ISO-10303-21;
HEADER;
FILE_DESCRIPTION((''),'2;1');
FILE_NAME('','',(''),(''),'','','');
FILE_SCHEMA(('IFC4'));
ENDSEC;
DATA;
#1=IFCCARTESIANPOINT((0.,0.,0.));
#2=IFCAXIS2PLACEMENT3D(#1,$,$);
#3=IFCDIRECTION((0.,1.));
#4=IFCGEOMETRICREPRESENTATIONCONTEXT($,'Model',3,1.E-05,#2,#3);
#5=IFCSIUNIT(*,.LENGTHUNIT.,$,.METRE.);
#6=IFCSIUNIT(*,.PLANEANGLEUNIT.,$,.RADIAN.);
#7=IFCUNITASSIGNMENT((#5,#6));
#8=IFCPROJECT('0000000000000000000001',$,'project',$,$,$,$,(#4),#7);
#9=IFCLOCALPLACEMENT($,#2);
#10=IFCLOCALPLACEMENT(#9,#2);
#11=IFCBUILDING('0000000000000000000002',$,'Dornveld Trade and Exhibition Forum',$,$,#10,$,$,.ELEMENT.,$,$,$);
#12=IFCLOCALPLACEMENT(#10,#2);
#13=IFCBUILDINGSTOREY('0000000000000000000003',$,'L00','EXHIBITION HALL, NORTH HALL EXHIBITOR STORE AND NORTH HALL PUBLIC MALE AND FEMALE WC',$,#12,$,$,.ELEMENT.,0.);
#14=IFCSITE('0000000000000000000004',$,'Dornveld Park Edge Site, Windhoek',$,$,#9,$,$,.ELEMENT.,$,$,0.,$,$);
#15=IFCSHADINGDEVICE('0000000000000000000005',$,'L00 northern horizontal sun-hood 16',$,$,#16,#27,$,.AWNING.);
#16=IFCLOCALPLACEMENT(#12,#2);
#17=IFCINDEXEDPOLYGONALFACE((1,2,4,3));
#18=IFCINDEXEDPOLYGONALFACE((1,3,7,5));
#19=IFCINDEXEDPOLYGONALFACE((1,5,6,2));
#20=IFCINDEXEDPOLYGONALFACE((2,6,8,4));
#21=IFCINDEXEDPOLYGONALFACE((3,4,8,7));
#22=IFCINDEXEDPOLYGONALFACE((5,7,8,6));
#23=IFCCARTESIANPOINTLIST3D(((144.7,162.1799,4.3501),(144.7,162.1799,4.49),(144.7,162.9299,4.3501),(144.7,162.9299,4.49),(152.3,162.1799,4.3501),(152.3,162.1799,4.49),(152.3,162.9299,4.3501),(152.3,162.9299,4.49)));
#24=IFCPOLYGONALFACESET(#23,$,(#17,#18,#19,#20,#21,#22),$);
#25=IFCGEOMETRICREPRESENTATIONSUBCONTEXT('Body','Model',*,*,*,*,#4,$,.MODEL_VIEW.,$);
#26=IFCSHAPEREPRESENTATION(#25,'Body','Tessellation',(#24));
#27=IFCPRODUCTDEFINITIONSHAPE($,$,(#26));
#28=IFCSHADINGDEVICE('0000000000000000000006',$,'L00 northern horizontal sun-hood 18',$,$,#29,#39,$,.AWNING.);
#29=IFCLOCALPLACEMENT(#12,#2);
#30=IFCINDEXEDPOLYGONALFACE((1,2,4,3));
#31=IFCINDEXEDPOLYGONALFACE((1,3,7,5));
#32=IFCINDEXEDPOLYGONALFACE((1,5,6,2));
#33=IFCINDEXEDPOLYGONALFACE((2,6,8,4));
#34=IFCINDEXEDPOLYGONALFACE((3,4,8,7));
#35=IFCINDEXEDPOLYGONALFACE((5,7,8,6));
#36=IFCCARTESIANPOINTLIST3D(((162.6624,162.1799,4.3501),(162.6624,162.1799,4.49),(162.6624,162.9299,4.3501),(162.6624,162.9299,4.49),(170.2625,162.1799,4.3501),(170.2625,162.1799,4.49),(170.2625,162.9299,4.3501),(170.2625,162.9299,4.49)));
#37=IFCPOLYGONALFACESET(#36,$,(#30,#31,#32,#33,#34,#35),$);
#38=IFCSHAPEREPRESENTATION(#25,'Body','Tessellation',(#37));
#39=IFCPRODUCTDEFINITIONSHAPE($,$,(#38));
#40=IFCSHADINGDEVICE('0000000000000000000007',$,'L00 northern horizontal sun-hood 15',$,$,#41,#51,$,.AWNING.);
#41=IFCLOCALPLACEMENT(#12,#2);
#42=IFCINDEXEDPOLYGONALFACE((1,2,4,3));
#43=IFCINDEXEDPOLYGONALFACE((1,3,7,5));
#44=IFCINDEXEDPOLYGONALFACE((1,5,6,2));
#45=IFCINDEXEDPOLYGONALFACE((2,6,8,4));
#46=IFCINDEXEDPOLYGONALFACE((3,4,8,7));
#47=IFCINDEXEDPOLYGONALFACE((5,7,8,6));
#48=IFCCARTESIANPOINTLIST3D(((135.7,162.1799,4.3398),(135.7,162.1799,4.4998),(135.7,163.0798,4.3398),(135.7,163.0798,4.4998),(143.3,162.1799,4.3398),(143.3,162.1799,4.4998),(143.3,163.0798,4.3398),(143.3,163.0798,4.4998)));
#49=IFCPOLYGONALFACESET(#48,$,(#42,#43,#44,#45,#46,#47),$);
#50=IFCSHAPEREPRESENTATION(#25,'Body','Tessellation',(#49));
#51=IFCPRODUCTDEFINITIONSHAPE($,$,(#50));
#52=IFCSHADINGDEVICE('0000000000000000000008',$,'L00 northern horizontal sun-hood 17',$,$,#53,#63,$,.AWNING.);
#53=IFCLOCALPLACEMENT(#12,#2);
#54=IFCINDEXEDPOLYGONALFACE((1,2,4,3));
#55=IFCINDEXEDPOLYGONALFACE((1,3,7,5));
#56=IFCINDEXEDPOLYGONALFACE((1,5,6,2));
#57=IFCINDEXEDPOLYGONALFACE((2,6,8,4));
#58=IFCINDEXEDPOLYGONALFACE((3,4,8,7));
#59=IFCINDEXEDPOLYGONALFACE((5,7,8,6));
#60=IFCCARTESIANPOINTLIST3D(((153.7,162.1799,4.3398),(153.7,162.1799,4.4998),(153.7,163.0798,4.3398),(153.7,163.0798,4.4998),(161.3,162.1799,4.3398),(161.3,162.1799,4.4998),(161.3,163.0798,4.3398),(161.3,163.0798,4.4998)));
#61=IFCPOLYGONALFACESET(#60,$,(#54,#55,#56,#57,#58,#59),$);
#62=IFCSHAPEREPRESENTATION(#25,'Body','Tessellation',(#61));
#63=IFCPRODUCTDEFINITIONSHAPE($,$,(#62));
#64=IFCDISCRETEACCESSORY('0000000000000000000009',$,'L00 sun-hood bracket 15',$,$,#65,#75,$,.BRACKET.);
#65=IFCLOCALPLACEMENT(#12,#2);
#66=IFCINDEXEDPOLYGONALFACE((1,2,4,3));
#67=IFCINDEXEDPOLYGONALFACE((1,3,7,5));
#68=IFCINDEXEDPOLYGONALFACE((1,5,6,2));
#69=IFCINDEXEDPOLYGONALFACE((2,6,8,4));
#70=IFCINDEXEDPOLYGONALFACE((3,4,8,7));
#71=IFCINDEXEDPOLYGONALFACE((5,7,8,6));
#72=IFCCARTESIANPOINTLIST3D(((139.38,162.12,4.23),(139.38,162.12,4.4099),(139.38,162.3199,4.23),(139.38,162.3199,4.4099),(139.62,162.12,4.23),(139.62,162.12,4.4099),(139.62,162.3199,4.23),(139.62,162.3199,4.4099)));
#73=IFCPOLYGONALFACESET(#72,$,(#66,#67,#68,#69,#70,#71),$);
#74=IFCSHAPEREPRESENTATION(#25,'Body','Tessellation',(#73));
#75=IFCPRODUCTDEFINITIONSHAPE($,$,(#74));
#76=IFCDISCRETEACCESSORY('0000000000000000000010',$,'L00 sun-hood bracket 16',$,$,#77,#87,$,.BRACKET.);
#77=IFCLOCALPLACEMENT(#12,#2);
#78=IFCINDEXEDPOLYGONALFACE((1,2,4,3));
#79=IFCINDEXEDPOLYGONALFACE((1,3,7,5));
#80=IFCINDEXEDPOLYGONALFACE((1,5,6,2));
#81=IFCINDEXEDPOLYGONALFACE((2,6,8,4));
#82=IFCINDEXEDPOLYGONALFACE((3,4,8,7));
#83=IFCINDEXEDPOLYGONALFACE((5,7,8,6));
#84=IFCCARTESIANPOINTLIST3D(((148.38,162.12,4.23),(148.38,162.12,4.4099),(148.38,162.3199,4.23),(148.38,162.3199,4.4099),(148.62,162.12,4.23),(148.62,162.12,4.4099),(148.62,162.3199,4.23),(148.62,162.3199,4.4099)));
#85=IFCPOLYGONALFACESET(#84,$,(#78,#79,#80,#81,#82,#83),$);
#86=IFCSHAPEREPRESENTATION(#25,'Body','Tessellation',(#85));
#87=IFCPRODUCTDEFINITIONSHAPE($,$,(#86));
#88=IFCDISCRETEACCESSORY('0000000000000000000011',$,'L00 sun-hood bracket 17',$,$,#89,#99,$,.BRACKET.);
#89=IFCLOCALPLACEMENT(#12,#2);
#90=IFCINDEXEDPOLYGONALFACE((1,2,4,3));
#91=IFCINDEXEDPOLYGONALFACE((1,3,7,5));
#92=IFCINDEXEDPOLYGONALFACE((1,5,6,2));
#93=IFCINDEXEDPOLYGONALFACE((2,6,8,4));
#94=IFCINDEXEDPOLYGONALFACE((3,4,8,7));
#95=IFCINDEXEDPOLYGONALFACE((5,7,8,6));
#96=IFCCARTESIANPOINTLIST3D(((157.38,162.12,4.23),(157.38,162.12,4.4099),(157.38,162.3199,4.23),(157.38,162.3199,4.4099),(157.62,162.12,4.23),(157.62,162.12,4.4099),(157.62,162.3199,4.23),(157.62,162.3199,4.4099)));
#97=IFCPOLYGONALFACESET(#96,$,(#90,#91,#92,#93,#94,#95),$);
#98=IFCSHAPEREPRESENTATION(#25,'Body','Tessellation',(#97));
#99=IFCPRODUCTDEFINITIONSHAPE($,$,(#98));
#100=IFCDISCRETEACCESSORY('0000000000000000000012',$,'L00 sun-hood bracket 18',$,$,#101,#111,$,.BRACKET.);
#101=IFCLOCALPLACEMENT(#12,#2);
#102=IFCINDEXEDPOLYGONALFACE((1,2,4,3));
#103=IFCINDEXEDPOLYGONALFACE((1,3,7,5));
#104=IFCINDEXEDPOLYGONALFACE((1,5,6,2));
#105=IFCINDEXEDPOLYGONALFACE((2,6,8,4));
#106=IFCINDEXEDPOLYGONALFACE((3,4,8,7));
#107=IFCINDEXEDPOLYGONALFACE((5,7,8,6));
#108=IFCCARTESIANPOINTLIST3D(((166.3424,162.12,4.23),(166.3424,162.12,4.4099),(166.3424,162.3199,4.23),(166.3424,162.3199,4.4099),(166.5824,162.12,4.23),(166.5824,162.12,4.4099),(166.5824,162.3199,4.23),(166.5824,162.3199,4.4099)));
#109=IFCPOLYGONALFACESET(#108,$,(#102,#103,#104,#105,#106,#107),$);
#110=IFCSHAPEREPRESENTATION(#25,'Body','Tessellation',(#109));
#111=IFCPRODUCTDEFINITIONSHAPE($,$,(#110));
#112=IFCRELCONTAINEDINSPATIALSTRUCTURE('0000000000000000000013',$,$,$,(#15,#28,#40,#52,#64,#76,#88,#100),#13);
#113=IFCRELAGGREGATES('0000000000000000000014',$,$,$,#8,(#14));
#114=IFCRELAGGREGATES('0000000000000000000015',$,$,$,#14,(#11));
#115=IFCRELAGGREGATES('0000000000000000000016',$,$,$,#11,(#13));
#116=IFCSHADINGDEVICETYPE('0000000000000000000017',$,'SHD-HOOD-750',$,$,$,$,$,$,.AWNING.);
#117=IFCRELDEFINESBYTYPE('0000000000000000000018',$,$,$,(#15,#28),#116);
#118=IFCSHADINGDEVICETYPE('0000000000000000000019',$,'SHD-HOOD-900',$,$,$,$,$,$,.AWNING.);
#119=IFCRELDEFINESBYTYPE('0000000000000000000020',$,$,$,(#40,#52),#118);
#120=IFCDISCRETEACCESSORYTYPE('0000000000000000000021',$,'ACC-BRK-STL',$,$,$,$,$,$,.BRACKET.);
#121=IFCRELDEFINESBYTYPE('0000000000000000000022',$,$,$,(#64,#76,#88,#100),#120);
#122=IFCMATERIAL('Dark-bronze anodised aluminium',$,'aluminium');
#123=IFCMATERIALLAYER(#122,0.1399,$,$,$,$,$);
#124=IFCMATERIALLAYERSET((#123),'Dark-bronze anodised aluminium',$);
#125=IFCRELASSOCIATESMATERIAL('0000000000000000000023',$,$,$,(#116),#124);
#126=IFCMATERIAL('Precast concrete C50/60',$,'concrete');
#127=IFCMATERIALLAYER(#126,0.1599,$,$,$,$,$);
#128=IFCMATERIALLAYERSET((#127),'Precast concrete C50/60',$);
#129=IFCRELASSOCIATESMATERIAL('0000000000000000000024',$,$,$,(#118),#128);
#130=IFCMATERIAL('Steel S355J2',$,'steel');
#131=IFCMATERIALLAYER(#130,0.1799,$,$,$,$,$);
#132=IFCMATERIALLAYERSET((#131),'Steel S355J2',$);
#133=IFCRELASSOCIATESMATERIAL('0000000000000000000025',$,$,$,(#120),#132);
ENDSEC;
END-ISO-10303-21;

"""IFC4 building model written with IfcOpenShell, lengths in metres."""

from ifc_helpers import new_model, si_unit, direction, frame, origin, origin_2d, place, context, subcontext, project, spatial, rectangle, extrude, material, layer, layer_set, type_object, element, save


model = new_model("IFC4")

# Units and contexts
model_context = context("Model", 3, precision=1e-05, world=origin(), true_north=direction((0.0, 1.0)))
body_context = subcontext(model_context, "Body", "Model", "MODEL_VIEW")
ifc_project = project(units=[si_unit("LENGTHUNIT", "METRE"), si_unit("PLANEANGLEUNIT", "RADIAN")], contexts=[model_context])

# Site, building, storey
site_placement = place(None, origin())
site = spatial("IfcSite", under=ifc_project, at=site_placement, Name="Dornveld Park Edge Site, Windhoek", CompositionType="ELEMENT", RefElevation=0.0)
building_placement = place(site_placement, origin())
building = spatial("IfcBuilding", under=site, at=building_placement, Name="Dornveld Trade and Exhibition Forum", CompositionType="ELEMENT")
storey_placement = place(building_placement, origin())
storey = spatial("IfcBuildingStorey", under=building, at=storey_placement, Name="L00", Description="EXHIBITION HALL, NORTH HALL EXHIBITOR STORE AND NORTH HALL PUBLIC MALE AND FEMALE WC", CompositionType="ELEMENT", Elevation=0.0)

# Shading devices
ifc_material_1 = material(Name="Dark-bronze anodised aluminium", Category="aluminium")
ifc_layer_1 = layer(ifc_material_1, 0.1399)
ifc_layer_set_1 = layer_set([ifc_layer_1], Name="Dark-bronze anodised aluminium")
shading_device_type_1 = type_object("IfcShadingDeviceType", Name="SHD-HOOD-750", PredefinedType="AWNING", material=ifc_layer_set_1)
for number, where, z_axis, x_axis, name in (
    (1, (148.5, 162.5549, 4.3501), (0.0, 0.0, 1.0), (-1.0, 0.0, 0.0), "L00 northern horizontal sun-hood 16"),
    (2, (166.4624, 162.5549, 4.3501), (0.0, 0.0, 1.0), (-1.0, 0.0, 0.0), "L00 northern horizontal sun-hood 18"),
):
    element("IfcShadingDevice", number, at=place(storey_placement, frame(where, z_axis=z_axis, x_axis=x_axis)), inside=storey, type_object=shading_device_type_1, Name=name, PredefinedType="AWNING", context=body_context, shape_type="SweptSolid", body=[
        extrude(rectangle(XDim=7.6001, YDim=0.75, at=origin_2d()), origin(), (0.0, 0.0, 1.0), 0.1399),
    ])
ifc_material_2 = material(Name="Precast concrete C50/60", Category="concrete")
ifc_layer_2 = layer(ifc_material_2, 0.1599)
ifc_layer_set_2 = layer_set([ifc_layer_2], Name="Precast concrete C50/60")
shading_device_type_2 = type_object("IfcShadingDeviceType", Name="SHD-HOOD-900", PredefinedType="AWNING", material=ifc_layer_set_2)
for number, where, z_axis, x_axis, name in (
    (3, (139.5, 162.6299, 4.3398), (0.0, 0.0, 1.0), (-1.0, 0.0, 0.0), "L00 northern horizontal sun-hood 15"),
    (4, (157.5, 162.6299, 4.3398), (0.0, 0.0, 1.0), (-1.0, 0.0, 0.0), "L00 northern horizontal sun-hood 17"),
):
    element("IfcShadingDevice", number, at=place(storey_placement, frame(where, z_axis=z_axis, x_axis=x_axis)), inside=storey, type_object=shading_device_type_2, Name=name, PredefinedType="AWNING", context=body_context, shape_type="SweptSolid", body=[
        extrude(rectangle(XDim=7.6001, YDim=0.8999, at=origin_2d()), origin(), (0.0, 0.0, 1.0), 0.1599),
    ])

# Discrete accessories
ifc_material_3 = material(Name="Steel S355J2", Category="steel")
ifc_layer_3 = layer(ifc_material_3, 0.1799)
ifc_layer_set_3 = layer_set([ifc_layer_3], Name="Steel S355J2")
discrete_accessory_type = type_object("IfcDiscreteAccessoryType", Name="ACC-BRK-STL", PredefinedType="BRACKET", material=ifc_layer_set_3)
for number, where, z_axis, x_axis, name in (
    (5, (139.5, 162.22, 4.23), (0.0, 0.0, 1.0), (-1.0, 0.0, 0.0), "L00 sun-hood bracket 15"),
    (6, (148.5, 162.22, 4.23), (0.0, 0.0, 1.0), (-1.0, 0.0, 0.0), "L00 sun-hood bracket 16"),
    (7, (157.5, 162.22, 4.23), (0.0, 0.0, 1.0), (-1.0, 0.0, 0.0), "L00 sun-hood bracket 17"),
    (8, (166.4624, 162.22, 4.23), (0.0, 0.0, 1.0), (-1.0, 0.0, 0.0), "L00 sun-hood bracket 18"),
):
    element("IfcDiscreteAccessory", number, at=place(storey_placement, frame(where, z_axis=z_axis, x_axis=x_axis)), inside=storey, type_object=discrete_accessory_type, Name=name, PredefinedType="BRACKET", context=body_context, shape_type="SweptSolid", body=[
        extrude(rectangle(XDim=0.24, YDim=0.2, at=origin_2d()), origin(), (0.0, 0.0, 1.0), 0.1799),
    ])

save(model, "model.ifc")
